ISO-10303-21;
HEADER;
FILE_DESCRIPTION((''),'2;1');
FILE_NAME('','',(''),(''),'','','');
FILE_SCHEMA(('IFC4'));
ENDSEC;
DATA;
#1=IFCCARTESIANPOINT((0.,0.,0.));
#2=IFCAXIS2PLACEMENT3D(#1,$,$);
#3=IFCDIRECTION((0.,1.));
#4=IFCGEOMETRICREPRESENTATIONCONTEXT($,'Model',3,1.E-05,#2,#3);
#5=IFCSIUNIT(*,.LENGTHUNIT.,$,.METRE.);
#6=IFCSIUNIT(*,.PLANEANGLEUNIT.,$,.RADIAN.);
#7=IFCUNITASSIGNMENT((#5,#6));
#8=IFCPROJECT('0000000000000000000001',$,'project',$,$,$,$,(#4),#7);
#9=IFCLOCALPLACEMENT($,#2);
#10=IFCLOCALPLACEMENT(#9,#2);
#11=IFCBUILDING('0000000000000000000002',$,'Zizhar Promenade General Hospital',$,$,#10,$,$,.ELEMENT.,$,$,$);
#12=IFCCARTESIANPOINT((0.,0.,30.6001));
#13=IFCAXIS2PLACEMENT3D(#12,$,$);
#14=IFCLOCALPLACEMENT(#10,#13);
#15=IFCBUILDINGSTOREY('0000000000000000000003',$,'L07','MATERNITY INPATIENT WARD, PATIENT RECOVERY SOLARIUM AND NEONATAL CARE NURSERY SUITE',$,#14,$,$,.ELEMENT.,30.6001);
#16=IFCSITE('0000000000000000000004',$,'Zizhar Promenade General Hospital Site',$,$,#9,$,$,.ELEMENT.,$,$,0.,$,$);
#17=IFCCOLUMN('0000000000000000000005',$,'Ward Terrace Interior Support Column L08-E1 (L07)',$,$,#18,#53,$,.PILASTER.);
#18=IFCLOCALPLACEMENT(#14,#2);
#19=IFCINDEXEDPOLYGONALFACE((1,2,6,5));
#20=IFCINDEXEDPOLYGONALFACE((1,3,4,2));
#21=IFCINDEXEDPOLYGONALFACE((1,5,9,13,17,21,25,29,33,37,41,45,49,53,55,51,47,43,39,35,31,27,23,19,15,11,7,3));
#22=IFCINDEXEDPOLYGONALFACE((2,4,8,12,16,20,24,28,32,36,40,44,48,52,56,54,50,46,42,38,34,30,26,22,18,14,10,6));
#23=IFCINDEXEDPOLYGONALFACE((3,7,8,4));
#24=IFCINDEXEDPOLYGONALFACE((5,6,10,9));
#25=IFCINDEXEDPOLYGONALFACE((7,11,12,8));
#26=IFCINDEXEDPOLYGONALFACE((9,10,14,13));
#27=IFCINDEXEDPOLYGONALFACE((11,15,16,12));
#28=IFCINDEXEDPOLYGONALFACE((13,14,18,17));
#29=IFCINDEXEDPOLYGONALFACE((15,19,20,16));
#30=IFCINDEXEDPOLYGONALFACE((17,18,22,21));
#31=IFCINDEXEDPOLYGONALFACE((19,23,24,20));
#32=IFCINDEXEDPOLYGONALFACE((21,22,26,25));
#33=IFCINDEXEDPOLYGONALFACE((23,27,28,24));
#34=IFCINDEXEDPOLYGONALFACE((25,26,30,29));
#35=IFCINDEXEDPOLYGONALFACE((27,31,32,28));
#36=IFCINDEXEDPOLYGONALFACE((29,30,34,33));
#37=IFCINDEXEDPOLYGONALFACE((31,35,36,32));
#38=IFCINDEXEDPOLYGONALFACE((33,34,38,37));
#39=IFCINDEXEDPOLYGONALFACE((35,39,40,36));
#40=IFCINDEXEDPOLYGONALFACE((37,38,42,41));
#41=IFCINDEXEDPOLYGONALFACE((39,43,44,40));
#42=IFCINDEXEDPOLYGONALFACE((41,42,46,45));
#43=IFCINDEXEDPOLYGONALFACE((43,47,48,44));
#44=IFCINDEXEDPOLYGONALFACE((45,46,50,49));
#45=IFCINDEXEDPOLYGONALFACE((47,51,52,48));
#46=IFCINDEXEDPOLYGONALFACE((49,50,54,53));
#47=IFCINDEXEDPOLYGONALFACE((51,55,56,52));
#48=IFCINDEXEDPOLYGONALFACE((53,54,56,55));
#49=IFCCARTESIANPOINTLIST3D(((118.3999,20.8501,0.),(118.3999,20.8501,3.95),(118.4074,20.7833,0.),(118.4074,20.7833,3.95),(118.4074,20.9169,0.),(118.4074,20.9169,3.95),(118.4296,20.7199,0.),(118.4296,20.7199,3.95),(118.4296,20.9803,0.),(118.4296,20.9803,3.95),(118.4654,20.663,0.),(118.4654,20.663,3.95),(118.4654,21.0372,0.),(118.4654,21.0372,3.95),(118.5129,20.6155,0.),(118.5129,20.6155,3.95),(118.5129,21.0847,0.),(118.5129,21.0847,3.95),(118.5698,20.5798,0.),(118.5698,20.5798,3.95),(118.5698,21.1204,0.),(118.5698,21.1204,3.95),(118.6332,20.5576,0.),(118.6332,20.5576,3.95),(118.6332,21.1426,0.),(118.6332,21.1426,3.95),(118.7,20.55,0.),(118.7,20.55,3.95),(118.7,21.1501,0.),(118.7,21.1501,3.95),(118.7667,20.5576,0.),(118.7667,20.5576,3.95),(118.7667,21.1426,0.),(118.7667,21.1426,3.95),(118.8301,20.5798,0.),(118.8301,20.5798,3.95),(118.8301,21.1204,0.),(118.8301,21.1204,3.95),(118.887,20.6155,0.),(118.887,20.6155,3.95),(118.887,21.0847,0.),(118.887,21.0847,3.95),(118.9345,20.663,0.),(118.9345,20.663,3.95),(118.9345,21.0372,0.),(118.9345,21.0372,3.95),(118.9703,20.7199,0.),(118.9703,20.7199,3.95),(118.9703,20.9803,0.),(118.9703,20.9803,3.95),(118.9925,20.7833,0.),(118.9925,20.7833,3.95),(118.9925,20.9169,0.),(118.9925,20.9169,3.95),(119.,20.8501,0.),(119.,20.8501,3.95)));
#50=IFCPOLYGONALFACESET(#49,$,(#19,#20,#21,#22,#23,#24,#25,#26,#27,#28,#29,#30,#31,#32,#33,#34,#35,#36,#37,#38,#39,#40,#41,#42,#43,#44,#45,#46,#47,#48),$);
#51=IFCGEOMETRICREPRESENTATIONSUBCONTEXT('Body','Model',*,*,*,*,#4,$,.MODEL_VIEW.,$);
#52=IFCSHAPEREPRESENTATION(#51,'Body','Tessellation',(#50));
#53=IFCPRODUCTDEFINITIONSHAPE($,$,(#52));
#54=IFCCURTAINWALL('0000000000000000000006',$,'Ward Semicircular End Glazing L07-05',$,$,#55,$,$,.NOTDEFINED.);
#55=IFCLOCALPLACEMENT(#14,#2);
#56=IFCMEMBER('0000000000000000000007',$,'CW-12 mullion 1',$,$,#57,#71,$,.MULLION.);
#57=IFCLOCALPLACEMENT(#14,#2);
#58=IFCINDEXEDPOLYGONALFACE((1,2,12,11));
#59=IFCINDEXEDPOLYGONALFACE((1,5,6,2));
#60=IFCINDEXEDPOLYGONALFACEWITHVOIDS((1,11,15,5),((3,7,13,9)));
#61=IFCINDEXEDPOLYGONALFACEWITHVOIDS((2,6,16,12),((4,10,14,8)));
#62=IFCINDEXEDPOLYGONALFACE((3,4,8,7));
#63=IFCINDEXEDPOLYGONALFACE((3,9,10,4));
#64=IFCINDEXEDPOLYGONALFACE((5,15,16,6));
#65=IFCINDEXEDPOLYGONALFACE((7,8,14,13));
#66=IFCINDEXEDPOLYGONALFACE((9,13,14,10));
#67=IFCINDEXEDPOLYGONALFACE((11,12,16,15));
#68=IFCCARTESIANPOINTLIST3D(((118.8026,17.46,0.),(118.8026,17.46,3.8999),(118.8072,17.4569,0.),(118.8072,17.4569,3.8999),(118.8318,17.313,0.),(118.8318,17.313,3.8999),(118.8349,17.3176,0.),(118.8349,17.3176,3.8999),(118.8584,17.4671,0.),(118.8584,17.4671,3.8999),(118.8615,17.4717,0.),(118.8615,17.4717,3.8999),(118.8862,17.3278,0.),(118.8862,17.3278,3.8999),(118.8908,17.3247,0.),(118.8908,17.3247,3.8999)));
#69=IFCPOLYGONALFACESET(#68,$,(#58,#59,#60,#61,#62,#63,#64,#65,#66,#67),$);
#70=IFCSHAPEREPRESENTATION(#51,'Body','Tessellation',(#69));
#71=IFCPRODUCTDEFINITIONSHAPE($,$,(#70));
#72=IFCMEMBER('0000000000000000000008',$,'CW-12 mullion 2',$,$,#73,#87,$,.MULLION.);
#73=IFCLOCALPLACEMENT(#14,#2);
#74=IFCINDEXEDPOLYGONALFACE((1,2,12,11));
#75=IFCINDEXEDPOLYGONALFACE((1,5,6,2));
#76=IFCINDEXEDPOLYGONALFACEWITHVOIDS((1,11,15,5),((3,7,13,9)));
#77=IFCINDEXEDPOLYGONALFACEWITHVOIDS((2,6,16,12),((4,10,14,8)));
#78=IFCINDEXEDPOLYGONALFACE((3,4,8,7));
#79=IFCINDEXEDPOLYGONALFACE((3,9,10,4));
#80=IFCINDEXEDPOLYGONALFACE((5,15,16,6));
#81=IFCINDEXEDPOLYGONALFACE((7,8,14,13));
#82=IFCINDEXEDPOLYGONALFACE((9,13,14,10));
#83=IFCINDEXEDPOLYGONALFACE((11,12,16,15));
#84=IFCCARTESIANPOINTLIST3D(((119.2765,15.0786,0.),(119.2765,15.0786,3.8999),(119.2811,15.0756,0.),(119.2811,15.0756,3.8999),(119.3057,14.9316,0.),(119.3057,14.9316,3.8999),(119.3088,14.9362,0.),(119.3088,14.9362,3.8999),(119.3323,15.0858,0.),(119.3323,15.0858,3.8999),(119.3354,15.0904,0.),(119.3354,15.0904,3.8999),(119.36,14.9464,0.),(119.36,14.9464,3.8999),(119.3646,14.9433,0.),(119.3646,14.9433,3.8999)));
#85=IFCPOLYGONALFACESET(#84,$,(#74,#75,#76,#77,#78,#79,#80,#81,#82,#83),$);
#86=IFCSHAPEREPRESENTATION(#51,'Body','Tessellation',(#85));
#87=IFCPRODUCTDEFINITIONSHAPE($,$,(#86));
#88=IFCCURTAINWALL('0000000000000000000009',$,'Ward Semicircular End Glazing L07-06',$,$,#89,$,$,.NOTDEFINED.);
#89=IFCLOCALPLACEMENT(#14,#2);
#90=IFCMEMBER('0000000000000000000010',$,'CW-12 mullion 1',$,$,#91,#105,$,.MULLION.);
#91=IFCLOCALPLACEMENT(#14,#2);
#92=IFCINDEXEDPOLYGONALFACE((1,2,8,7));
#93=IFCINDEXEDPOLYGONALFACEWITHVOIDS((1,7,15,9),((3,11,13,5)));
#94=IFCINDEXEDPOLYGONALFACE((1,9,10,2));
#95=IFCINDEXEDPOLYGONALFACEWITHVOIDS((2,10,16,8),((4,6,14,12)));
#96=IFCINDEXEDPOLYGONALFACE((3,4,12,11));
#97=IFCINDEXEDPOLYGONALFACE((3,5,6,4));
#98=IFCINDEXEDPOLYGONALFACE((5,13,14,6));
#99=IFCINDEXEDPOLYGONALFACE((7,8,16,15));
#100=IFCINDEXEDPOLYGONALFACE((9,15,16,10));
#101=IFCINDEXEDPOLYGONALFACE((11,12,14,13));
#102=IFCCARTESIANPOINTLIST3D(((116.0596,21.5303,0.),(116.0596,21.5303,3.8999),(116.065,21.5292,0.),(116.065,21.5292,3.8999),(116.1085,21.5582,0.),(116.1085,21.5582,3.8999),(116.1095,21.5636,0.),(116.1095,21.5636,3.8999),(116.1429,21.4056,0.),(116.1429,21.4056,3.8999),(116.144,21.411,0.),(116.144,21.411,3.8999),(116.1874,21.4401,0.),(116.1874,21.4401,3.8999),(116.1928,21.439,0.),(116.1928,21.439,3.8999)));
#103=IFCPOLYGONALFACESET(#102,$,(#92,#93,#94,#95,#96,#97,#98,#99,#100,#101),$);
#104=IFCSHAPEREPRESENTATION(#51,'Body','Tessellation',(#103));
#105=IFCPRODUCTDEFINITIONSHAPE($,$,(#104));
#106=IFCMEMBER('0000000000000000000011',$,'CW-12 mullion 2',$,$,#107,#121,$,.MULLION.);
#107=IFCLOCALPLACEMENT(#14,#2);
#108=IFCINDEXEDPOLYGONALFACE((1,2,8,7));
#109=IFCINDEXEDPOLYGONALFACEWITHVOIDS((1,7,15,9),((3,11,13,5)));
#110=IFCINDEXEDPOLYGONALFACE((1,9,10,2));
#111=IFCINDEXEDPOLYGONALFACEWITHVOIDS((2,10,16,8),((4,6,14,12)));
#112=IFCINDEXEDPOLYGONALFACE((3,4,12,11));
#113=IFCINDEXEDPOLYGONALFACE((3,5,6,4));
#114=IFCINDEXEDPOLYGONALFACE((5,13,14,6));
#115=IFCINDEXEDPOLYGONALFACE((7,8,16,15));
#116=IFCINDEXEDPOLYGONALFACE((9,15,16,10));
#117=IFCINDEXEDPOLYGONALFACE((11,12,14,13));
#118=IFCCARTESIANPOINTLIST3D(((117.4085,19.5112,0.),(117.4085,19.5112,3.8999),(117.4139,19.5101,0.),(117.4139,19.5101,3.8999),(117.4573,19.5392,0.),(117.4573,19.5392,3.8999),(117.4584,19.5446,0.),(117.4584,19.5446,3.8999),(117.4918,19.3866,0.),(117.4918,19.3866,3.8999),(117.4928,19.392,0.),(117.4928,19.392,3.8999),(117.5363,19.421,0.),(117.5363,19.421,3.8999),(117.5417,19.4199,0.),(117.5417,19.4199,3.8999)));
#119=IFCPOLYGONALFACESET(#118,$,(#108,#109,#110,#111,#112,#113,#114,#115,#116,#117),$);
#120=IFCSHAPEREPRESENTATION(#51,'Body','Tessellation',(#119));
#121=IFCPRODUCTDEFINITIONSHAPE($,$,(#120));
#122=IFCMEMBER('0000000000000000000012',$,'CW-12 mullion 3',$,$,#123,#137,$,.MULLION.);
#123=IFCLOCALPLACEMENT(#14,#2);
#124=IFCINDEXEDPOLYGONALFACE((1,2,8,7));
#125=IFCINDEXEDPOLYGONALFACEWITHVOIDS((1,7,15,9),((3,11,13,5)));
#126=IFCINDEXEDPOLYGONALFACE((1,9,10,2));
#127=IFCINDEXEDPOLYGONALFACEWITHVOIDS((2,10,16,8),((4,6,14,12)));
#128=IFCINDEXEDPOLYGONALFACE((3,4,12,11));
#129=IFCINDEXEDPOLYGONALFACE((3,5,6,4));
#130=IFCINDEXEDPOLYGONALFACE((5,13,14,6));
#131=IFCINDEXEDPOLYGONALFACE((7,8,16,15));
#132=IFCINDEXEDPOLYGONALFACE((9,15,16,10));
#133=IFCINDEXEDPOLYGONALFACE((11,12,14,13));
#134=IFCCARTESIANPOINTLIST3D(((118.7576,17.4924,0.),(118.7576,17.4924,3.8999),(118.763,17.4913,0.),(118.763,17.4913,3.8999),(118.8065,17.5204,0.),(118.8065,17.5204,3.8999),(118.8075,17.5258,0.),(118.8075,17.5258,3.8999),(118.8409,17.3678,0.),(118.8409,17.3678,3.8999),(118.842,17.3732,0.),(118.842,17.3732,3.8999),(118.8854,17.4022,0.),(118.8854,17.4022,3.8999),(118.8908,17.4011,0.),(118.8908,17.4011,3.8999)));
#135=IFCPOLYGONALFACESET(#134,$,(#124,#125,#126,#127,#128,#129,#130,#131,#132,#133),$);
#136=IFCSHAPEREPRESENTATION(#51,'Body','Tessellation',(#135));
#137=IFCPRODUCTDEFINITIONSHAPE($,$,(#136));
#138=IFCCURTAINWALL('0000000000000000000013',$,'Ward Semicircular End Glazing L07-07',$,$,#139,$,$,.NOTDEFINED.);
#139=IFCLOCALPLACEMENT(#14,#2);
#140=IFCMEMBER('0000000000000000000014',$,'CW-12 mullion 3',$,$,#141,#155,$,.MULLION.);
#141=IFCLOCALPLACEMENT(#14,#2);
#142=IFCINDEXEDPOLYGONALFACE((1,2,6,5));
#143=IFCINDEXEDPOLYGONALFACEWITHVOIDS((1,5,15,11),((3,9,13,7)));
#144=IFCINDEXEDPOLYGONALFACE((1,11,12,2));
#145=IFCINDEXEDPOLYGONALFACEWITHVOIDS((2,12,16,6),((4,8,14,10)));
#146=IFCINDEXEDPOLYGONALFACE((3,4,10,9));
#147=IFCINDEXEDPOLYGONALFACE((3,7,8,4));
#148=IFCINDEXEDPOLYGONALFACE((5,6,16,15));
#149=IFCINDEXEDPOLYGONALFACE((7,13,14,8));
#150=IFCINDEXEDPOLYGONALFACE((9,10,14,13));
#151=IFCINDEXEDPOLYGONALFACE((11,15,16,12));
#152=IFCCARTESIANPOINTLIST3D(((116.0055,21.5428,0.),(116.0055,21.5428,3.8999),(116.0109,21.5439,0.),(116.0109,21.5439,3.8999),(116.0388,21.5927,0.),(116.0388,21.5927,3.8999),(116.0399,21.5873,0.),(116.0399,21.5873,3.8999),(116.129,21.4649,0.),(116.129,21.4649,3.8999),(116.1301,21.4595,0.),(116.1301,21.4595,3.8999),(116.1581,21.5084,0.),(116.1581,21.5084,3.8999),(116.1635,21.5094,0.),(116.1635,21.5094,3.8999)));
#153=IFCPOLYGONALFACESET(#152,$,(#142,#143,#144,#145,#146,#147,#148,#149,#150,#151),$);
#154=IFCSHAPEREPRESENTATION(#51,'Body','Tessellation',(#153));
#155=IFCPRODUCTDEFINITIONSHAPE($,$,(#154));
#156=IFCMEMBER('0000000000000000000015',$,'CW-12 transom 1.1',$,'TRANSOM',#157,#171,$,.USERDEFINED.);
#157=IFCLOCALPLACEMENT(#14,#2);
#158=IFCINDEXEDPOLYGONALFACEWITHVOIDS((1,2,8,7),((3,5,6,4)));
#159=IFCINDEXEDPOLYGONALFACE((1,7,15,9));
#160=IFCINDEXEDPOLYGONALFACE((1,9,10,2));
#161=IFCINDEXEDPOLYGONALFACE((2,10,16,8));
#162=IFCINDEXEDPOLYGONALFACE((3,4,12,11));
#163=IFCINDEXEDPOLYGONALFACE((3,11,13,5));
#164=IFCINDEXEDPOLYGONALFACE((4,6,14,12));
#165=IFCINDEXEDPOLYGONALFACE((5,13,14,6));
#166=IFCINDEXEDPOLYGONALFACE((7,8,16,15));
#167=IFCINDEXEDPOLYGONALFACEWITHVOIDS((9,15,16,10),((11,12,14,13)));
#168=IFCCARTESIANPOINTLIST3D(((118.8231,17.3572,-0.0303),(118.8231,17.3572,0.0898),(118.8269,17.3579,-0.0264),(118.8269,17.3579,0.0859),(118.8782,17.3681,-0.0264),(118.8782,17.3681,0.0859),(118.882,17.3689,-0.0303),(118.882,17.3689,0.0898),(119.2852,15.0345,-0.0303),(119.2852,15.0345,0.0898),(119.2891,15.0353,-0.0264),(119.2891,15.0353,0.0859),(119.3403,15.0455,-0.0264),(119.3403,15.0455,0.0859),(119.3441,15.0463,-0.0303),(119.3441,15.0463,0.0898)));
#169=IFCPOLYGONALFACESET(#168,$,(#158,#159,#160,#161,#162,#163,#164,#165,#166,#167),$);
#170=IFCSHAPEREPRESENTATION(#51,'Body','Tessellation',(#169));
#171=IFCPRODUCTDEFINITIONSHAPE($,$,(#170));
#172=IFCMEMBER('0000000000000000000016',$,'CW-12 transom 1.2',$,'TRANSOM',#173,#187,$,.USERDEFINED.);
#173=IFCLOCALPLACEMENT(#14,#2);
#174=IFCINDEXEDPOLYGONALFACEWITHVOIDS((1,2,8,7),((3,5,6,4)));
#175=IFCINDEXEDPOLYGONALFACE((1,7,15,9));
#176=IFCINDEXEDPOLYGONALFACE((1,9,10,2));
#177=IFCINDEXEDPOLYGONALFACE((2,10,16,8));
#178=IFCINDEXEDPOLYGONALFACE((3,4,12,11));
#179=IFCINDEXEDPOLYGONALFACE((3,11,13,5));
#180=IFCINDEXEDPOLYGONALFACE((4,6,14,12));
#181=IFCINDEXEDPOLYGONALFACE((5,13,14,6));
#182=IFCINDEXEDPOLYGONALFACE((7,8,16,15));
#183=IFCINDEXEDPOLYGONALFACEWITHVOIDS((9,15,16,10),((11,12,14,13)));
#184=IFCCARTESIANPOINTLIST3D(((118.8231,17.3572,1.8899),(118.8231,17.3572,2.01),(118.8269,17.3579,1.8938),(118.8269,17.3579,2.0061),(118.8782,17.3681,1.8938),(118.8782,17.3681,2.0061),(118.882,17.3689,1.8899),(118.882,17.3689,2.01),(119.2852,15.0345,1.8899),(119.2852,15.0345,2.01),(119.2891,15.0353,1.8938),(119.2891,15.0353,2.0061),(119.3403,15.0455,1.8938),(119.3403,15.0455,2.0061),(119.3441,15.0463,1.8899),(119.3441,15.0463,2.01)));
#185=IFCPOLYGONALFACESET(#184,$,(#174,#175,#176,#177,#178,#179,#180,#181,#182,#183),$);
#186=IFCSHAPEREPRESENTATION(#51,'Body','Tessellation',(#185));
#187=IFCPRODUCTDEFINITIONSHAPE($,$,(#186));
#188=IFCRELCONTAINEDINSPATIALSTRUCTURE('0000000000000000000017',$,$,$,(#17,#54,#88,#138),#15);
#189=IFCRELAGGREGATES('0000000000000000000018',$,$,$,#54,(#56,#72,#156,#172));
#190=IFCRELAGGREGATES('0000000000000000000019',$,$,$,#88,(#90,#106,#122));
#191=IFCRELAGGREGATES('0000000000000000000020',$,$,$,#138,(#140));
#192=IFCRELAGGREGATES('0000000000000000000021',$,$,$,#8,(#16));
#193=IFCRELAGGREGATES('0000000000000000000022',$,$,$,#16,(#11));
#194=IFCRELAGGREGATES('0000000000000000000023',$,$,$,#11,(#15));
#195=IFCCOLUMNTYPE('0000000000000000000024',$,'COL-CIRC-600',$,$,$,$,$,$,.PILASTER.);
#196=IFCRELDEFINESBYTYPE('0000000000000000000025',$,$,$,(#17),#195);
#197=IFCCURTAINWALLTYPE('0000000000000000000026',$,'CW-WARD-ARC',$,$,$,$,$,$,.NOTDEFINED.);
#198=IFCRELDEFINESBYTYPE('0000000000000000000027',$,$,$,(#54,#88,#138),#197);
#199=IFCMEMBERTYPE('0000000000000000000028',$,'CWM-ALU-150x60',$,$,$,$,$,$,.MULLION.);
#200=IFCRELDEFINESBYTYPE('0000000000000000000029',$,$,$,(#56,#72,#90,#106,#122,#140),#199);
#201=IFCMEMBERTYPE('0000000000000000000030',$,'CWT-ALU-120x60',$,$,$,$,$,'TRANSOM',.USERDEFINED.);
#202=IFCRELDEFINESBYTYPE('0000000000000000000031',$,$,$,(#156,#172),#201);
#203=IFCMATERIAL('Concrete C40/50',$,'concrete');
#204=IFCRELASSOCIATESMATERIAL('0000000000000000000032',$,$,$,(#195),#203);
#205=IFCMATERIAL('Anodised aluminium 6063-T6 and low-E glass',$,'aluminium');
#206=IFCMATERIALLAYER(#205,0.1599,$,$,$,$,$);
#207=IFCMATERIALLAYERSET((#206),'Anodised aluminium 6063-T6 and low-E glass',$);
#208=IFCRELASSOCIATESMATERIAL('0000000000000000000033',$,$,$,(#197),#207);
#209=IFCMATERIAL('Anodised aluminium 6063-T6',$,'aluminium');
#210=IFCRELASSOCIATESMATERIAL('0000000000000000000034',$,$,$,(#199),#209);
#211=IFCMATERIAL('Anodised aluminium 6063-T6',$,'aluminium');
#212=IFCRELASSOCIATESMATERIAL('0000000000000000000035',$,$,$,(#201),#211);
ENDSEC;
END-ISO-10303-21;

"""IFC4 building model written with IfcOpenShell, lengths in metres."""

from ifc_helpers import new_model, si_unit, direction, frame, origin, origin_2d, place, context, subcontext, project, spatial, hollow_rectangle, circle, extrude, material, layer, layer_set, material_profile, profile_set, type_object, element, aggregate, save


model = new_model("IFC4")

# Units and contexts
model_context = context("Model", 3, precision=1e-05, world=origin(), true_north=direction((0.0, 1.0)))
body_context = subcontext(model_context, "Body", "Model", "MODEL_VIEW")
ifc_project = project(units=[si_unit("LENGTHUNIT", "METRE"), si_unit("PLANEANGLEUNIT", "RADIAN")], contexts=[model_context])

# Site, building, storey
site_placement = place(None, origin())
site = spatial("IfcSite", under=ifc_project, at=site_placement, Name="Zizhar Promenade General Hospital Site", CompositionType="ELEMENT", RefElevation=0.0)
building_placement = place(site_placement, origin())
building = spatial("IfcBuilding", under=site, at=building_placement, Name="Zizhar Promenade General Hospital", CompositionType="ELEMENT")
storey_placement = place(building_placement, frame((0.0, 0.0, 30.6001)))
storey = spatial("IfcBuildingStorey", under=building, at=storey_placement, Name="L07", Description="MATERNITY INPATIENT WARD, PATIENT RECOVERY SOLARIUM AND NEONATAL CARE NURSERY SUITE", CompositionType="ELEMENT", Elevation=30.6001)

# Column
ifc_material_1 = material(Name="Concrete C40/50", Category="concrete")
ifc_material_profile_1 = material_profile(ifc_material_1, circle(Radius=0.3, at=origin_2d()))
ifc_profile_set_1 = profile_set([ifc_material_profile_1], Name="Concrete C40/50")
column_type = type_object("IfcColumnType", Name="COL-CIRC-600", PredefinedType="PILASTER", material=ifc_profile_set_1)
column_placement = place(storey_placement, frame((118.7, 20.8501, 0.0), z_axis=(0.0, 0.0, 1.0), x_axis=(1.0, 0.0, 0.0)))
element("IfcColumn", 1, at=column_placement, inside=storey, type_object=column_type, Name="Ward Terrace Interior Support Column L08-E1 (L07)", PredefinedType="PILASTER", context=body_context, shape_type="SweptSolid", body=[
    extrude(circle(Radius=0.3, at=origin_2d()), origin(), (0.0, 0.0, 1.0), 3.95),
])

# Curtain walls, members
ifc_material_2 = material(Name="Anodised aluminium 6063-T6 and low-E glass", Category="aluminium")
ifc_layer_1 = layer(ifc_material_2, 0.1599)
ifc_layer_set_1 = layer_set([ifc_layer_1], Name="Anodised aluminium 6063-T6 and low-E glass")
curtain_wall_type = type_object("IfcCurtainWallType", Name="CW-WARD-ARC", PredefinedType="NOTDEFINED", material=ifc_layer_set_1)
curtain_wall_1_placement = place(storey_placement, origin())
curtain_wall_1 = element("IfcCurtainWall", 2, at=curtain_wall_1_placement, inside=storey, type_object=curtain_wall_type, Name="Ward Semicircular End Glazing L07-05", PredefinedType="NOTDEFINED")
ifc_material_3 = material(Name="Anodised aluminium 6063-T6", Category="aluminium")
ifc_material_profile_2 = material_profile(ifc_material_3, hollow_rectangle(XDim=0.0601, YDim=0.1499, WallThickness=0.0039, at=origin_2d()))
ifc_profile_set_2 = profile_set([ifc_material_profile_2], Name="Anodised aluminium 6063-T6")
member_type_1 = type_object("IfcMemberType", Name="CWM-ALU-150x60", PredefinedType="MULLION", material=ifc_profile_set_2)
member_1_placement = place(storey_placement, frame((118.8467, 17.3923, 0.0), z_axis=(0.0, 0.0, 1.0), x_axis=(0.980786, 0.195087, 0.0)))
member_1 = element("IfcMember", 3, at=member_1_placement, type_object=member_type_1, Name="CW-12 mullion 1", PredefinedType="MULLION", context=body_context, shape_type="SweptSolid", body=[
    extrude(hollow_rectangle(XDim=0.0601, YDim=0.1499, WallThickness=0.0039, at=origin_2d()), origin(), (0.0, 0.0, 1.0), 3.8999),
])
member_2_placement = place(storey_placement, frame((119.3206, 15.011, 0.0), z_axis=(0.0, 0.0, 1.0), x_axis=(0.980786, 0.195087, 0.0)))
member_2 = element("IfcMember", 4, at=member_2_placement, type_object=member_type_1, Name="CW-12 mullion 2", PredefinedType="MULLION", context=body_context, shape_type="SweptSolid", body=[
    extrude(hollow_rectangle(XDim=0.0601, YDim=0.1499, WallThickness=0.0039, at=origin_2d()), origin(), (0.0, 0.0, 1.0), 3.8999),
])
curtain_wall_2_placement = place(storey_placement, origin())
curtain_wall_2 = element("IfcCurtainWall", 5, at=curtain_wall_2_placement, inside=storey, type_object=curtain_wall_type, Name="Ward Semicircular End Glazing L07-06", PredefinedType="NOTDEFINED")
member_3_placement = place(storey_placement, frame((116.1262, 21.4846, 0.0), z_axis=(0.0, 0.0, 1.0), x_axis=(0.831462, 0.555582, 0.0)))
member_3 = element("IfcMember", 6, at=member_3_placement, type_object=member_type_1, Name="CW-12 mullion 1", PredefinedType="MULLION", context=body_context, shape_type="SweptSolid", body=[
    extrude(hollow_rectangle(XDim=0.0601, YDim=0.1499, WallThickness=0.0039, at=origin_2d()), origin(), (0.0, 0.0, 1.0), 3.8999),
])
member_4_placement = place(storey_placement, frame((117.4751, 19.4656, 0.0), z_axis=(0.0, 0.0, 1.0), x_axis=(0.831462, 0.555582, 0.0)))
member_4 = element("IfcMember", 7, at=member_4_placement, type_object=member_type_1, Name="CW-12 mullion 2", PredefinedType="MULLION", context=body_context, shape_type="SweptSolid", body=[
    extrude(hollow_rectangle(XDim=0.0601, YDim=0.1499, WallThickness=0.0039, at=origin_2d()), origin(), (0.0, 0.0, 1.0), 3.8999),
])
member_5_placement = place(storey_placement, frame((118.8242, 17.4468, 0.0), z_axis=(0.0, 0.0, 1.0), x_axis=(0.831462, 0.555582, 0.0)))
member_5 = element("IfcMember", 8, at=member_5_placement, type_object=member_type_1, Name="CW-12 mullion 3", PredefinedType="MULLION", context=body_context, shape_type="SweptSolid", body=[
    extrude(hollow_rectangle(XDim=0.0601, YDim=0.1499, WallThickness=0.0039, at=origin_2d()), origin(), (0.0, 0.0, 1.0), 3.8999),
])

# Curtain wall, member
curtain_wall_3_placement = place(storey_placement, origin())
curtain_wall_3 = element("IfcCurtainWall", 9, at=curtain_wall_3_placement, inside=storey, type_object=curtain_wall_type, Name="Ward Semicircular End Glazing L07-07", PredefinedType="NOTDEFINED")
member_6_placement = place(storey_placement, frame((116.0845, 21.5261, 0.0), z_axis=(0.0, 0.0, 1.0), x_axis=(0.555582, 0.831462, 0.0)))
member_6 = element("IfcMember", 10, at=member_6_placement, type_object=member_type_1, Name="CW-12 mullion 3", PredefinedType="MULLION", context=body_context, shape_type="SweptSolid", body=[
    extrude(hollow_rectangle(XDim=0.0601, YDim=0.1499, WallThickness=0.0039, at=origin_2d()), origin(), (0.0, 0.0, 1.0), 3.8999),
])

# Members
ifc_material_4 = material(Name="Anodised aluminium 6063-T6", Category="aluminium")
ifc_material_profile_3 = material_profile(ifc_material_4, hollow_rectangle(XDim=0.0601, YDim=0.1201, WallThickness=0.0039, at=origin_2d()))
ifc_profile_set_3 = profile_set([ifc_material_profile_3], Name="Anodised aluminium 6063-T6")
member_type_2 = type_object("IfcMemberType", Name="CWT-ALU-120x60", ElementType="TRANSOM", PredefinedType="USERDEFINED", material=ifc_profile_set_3)
member_7_placement = place(storey_placement, frame((118.8525, 17.363, 0.0298), z_axis=(0.195145, -0.980774, 0.0), x_axis=(0.980774, 0.195145, 0.0)))
member_7 = element("IfcMember", 11, at=member_7_placement, type_object=member_type_2, Name="CW-12 transom 1.1", ObjectType="TRANSOM", PredefinedType="USERDEFINED", context=body_context, shape_type="SweptSolid", body=[
    extrude(hollow_rectangle(XDim=0.0601, YDim=0.1201, WallThickness=0.0039, at=origin_2d()), origin(), (0.0, 0.0, 1.0), 2.3682),
])
member_8_placement = place(storey_placement, frame((118.8525, 17.363, 1.95), z_axis=(0.195145, -0.980774, 0.0), x_axis=(0.980774, 0.195145, 0.0)))
member_8 = element("IfcMember", 12, at=member_8_placement, type_object=member_type_2, Name="CW-12 transom 1.2", ObjectType="TRANSOM", PredefinedType="USERDEFINED", context=body_context, shape_type="SweptSolid", body=[
    extrude(hollow_rectangle(XDim=0.0601, YDim=0.1201, WallThickness=0.0039, at=origin_2d()), origin(), (0.0, 0.0, 1.0), 2.3682),
])

aggregate(curtain_wall_1, [member_1, member_2, member_7, member_8])
aggregate(curtain_wall_2, [member_3, member_4, member_5])
aggregate(curtain_wall_3, [member_6])

save(model, "model.ifc")
